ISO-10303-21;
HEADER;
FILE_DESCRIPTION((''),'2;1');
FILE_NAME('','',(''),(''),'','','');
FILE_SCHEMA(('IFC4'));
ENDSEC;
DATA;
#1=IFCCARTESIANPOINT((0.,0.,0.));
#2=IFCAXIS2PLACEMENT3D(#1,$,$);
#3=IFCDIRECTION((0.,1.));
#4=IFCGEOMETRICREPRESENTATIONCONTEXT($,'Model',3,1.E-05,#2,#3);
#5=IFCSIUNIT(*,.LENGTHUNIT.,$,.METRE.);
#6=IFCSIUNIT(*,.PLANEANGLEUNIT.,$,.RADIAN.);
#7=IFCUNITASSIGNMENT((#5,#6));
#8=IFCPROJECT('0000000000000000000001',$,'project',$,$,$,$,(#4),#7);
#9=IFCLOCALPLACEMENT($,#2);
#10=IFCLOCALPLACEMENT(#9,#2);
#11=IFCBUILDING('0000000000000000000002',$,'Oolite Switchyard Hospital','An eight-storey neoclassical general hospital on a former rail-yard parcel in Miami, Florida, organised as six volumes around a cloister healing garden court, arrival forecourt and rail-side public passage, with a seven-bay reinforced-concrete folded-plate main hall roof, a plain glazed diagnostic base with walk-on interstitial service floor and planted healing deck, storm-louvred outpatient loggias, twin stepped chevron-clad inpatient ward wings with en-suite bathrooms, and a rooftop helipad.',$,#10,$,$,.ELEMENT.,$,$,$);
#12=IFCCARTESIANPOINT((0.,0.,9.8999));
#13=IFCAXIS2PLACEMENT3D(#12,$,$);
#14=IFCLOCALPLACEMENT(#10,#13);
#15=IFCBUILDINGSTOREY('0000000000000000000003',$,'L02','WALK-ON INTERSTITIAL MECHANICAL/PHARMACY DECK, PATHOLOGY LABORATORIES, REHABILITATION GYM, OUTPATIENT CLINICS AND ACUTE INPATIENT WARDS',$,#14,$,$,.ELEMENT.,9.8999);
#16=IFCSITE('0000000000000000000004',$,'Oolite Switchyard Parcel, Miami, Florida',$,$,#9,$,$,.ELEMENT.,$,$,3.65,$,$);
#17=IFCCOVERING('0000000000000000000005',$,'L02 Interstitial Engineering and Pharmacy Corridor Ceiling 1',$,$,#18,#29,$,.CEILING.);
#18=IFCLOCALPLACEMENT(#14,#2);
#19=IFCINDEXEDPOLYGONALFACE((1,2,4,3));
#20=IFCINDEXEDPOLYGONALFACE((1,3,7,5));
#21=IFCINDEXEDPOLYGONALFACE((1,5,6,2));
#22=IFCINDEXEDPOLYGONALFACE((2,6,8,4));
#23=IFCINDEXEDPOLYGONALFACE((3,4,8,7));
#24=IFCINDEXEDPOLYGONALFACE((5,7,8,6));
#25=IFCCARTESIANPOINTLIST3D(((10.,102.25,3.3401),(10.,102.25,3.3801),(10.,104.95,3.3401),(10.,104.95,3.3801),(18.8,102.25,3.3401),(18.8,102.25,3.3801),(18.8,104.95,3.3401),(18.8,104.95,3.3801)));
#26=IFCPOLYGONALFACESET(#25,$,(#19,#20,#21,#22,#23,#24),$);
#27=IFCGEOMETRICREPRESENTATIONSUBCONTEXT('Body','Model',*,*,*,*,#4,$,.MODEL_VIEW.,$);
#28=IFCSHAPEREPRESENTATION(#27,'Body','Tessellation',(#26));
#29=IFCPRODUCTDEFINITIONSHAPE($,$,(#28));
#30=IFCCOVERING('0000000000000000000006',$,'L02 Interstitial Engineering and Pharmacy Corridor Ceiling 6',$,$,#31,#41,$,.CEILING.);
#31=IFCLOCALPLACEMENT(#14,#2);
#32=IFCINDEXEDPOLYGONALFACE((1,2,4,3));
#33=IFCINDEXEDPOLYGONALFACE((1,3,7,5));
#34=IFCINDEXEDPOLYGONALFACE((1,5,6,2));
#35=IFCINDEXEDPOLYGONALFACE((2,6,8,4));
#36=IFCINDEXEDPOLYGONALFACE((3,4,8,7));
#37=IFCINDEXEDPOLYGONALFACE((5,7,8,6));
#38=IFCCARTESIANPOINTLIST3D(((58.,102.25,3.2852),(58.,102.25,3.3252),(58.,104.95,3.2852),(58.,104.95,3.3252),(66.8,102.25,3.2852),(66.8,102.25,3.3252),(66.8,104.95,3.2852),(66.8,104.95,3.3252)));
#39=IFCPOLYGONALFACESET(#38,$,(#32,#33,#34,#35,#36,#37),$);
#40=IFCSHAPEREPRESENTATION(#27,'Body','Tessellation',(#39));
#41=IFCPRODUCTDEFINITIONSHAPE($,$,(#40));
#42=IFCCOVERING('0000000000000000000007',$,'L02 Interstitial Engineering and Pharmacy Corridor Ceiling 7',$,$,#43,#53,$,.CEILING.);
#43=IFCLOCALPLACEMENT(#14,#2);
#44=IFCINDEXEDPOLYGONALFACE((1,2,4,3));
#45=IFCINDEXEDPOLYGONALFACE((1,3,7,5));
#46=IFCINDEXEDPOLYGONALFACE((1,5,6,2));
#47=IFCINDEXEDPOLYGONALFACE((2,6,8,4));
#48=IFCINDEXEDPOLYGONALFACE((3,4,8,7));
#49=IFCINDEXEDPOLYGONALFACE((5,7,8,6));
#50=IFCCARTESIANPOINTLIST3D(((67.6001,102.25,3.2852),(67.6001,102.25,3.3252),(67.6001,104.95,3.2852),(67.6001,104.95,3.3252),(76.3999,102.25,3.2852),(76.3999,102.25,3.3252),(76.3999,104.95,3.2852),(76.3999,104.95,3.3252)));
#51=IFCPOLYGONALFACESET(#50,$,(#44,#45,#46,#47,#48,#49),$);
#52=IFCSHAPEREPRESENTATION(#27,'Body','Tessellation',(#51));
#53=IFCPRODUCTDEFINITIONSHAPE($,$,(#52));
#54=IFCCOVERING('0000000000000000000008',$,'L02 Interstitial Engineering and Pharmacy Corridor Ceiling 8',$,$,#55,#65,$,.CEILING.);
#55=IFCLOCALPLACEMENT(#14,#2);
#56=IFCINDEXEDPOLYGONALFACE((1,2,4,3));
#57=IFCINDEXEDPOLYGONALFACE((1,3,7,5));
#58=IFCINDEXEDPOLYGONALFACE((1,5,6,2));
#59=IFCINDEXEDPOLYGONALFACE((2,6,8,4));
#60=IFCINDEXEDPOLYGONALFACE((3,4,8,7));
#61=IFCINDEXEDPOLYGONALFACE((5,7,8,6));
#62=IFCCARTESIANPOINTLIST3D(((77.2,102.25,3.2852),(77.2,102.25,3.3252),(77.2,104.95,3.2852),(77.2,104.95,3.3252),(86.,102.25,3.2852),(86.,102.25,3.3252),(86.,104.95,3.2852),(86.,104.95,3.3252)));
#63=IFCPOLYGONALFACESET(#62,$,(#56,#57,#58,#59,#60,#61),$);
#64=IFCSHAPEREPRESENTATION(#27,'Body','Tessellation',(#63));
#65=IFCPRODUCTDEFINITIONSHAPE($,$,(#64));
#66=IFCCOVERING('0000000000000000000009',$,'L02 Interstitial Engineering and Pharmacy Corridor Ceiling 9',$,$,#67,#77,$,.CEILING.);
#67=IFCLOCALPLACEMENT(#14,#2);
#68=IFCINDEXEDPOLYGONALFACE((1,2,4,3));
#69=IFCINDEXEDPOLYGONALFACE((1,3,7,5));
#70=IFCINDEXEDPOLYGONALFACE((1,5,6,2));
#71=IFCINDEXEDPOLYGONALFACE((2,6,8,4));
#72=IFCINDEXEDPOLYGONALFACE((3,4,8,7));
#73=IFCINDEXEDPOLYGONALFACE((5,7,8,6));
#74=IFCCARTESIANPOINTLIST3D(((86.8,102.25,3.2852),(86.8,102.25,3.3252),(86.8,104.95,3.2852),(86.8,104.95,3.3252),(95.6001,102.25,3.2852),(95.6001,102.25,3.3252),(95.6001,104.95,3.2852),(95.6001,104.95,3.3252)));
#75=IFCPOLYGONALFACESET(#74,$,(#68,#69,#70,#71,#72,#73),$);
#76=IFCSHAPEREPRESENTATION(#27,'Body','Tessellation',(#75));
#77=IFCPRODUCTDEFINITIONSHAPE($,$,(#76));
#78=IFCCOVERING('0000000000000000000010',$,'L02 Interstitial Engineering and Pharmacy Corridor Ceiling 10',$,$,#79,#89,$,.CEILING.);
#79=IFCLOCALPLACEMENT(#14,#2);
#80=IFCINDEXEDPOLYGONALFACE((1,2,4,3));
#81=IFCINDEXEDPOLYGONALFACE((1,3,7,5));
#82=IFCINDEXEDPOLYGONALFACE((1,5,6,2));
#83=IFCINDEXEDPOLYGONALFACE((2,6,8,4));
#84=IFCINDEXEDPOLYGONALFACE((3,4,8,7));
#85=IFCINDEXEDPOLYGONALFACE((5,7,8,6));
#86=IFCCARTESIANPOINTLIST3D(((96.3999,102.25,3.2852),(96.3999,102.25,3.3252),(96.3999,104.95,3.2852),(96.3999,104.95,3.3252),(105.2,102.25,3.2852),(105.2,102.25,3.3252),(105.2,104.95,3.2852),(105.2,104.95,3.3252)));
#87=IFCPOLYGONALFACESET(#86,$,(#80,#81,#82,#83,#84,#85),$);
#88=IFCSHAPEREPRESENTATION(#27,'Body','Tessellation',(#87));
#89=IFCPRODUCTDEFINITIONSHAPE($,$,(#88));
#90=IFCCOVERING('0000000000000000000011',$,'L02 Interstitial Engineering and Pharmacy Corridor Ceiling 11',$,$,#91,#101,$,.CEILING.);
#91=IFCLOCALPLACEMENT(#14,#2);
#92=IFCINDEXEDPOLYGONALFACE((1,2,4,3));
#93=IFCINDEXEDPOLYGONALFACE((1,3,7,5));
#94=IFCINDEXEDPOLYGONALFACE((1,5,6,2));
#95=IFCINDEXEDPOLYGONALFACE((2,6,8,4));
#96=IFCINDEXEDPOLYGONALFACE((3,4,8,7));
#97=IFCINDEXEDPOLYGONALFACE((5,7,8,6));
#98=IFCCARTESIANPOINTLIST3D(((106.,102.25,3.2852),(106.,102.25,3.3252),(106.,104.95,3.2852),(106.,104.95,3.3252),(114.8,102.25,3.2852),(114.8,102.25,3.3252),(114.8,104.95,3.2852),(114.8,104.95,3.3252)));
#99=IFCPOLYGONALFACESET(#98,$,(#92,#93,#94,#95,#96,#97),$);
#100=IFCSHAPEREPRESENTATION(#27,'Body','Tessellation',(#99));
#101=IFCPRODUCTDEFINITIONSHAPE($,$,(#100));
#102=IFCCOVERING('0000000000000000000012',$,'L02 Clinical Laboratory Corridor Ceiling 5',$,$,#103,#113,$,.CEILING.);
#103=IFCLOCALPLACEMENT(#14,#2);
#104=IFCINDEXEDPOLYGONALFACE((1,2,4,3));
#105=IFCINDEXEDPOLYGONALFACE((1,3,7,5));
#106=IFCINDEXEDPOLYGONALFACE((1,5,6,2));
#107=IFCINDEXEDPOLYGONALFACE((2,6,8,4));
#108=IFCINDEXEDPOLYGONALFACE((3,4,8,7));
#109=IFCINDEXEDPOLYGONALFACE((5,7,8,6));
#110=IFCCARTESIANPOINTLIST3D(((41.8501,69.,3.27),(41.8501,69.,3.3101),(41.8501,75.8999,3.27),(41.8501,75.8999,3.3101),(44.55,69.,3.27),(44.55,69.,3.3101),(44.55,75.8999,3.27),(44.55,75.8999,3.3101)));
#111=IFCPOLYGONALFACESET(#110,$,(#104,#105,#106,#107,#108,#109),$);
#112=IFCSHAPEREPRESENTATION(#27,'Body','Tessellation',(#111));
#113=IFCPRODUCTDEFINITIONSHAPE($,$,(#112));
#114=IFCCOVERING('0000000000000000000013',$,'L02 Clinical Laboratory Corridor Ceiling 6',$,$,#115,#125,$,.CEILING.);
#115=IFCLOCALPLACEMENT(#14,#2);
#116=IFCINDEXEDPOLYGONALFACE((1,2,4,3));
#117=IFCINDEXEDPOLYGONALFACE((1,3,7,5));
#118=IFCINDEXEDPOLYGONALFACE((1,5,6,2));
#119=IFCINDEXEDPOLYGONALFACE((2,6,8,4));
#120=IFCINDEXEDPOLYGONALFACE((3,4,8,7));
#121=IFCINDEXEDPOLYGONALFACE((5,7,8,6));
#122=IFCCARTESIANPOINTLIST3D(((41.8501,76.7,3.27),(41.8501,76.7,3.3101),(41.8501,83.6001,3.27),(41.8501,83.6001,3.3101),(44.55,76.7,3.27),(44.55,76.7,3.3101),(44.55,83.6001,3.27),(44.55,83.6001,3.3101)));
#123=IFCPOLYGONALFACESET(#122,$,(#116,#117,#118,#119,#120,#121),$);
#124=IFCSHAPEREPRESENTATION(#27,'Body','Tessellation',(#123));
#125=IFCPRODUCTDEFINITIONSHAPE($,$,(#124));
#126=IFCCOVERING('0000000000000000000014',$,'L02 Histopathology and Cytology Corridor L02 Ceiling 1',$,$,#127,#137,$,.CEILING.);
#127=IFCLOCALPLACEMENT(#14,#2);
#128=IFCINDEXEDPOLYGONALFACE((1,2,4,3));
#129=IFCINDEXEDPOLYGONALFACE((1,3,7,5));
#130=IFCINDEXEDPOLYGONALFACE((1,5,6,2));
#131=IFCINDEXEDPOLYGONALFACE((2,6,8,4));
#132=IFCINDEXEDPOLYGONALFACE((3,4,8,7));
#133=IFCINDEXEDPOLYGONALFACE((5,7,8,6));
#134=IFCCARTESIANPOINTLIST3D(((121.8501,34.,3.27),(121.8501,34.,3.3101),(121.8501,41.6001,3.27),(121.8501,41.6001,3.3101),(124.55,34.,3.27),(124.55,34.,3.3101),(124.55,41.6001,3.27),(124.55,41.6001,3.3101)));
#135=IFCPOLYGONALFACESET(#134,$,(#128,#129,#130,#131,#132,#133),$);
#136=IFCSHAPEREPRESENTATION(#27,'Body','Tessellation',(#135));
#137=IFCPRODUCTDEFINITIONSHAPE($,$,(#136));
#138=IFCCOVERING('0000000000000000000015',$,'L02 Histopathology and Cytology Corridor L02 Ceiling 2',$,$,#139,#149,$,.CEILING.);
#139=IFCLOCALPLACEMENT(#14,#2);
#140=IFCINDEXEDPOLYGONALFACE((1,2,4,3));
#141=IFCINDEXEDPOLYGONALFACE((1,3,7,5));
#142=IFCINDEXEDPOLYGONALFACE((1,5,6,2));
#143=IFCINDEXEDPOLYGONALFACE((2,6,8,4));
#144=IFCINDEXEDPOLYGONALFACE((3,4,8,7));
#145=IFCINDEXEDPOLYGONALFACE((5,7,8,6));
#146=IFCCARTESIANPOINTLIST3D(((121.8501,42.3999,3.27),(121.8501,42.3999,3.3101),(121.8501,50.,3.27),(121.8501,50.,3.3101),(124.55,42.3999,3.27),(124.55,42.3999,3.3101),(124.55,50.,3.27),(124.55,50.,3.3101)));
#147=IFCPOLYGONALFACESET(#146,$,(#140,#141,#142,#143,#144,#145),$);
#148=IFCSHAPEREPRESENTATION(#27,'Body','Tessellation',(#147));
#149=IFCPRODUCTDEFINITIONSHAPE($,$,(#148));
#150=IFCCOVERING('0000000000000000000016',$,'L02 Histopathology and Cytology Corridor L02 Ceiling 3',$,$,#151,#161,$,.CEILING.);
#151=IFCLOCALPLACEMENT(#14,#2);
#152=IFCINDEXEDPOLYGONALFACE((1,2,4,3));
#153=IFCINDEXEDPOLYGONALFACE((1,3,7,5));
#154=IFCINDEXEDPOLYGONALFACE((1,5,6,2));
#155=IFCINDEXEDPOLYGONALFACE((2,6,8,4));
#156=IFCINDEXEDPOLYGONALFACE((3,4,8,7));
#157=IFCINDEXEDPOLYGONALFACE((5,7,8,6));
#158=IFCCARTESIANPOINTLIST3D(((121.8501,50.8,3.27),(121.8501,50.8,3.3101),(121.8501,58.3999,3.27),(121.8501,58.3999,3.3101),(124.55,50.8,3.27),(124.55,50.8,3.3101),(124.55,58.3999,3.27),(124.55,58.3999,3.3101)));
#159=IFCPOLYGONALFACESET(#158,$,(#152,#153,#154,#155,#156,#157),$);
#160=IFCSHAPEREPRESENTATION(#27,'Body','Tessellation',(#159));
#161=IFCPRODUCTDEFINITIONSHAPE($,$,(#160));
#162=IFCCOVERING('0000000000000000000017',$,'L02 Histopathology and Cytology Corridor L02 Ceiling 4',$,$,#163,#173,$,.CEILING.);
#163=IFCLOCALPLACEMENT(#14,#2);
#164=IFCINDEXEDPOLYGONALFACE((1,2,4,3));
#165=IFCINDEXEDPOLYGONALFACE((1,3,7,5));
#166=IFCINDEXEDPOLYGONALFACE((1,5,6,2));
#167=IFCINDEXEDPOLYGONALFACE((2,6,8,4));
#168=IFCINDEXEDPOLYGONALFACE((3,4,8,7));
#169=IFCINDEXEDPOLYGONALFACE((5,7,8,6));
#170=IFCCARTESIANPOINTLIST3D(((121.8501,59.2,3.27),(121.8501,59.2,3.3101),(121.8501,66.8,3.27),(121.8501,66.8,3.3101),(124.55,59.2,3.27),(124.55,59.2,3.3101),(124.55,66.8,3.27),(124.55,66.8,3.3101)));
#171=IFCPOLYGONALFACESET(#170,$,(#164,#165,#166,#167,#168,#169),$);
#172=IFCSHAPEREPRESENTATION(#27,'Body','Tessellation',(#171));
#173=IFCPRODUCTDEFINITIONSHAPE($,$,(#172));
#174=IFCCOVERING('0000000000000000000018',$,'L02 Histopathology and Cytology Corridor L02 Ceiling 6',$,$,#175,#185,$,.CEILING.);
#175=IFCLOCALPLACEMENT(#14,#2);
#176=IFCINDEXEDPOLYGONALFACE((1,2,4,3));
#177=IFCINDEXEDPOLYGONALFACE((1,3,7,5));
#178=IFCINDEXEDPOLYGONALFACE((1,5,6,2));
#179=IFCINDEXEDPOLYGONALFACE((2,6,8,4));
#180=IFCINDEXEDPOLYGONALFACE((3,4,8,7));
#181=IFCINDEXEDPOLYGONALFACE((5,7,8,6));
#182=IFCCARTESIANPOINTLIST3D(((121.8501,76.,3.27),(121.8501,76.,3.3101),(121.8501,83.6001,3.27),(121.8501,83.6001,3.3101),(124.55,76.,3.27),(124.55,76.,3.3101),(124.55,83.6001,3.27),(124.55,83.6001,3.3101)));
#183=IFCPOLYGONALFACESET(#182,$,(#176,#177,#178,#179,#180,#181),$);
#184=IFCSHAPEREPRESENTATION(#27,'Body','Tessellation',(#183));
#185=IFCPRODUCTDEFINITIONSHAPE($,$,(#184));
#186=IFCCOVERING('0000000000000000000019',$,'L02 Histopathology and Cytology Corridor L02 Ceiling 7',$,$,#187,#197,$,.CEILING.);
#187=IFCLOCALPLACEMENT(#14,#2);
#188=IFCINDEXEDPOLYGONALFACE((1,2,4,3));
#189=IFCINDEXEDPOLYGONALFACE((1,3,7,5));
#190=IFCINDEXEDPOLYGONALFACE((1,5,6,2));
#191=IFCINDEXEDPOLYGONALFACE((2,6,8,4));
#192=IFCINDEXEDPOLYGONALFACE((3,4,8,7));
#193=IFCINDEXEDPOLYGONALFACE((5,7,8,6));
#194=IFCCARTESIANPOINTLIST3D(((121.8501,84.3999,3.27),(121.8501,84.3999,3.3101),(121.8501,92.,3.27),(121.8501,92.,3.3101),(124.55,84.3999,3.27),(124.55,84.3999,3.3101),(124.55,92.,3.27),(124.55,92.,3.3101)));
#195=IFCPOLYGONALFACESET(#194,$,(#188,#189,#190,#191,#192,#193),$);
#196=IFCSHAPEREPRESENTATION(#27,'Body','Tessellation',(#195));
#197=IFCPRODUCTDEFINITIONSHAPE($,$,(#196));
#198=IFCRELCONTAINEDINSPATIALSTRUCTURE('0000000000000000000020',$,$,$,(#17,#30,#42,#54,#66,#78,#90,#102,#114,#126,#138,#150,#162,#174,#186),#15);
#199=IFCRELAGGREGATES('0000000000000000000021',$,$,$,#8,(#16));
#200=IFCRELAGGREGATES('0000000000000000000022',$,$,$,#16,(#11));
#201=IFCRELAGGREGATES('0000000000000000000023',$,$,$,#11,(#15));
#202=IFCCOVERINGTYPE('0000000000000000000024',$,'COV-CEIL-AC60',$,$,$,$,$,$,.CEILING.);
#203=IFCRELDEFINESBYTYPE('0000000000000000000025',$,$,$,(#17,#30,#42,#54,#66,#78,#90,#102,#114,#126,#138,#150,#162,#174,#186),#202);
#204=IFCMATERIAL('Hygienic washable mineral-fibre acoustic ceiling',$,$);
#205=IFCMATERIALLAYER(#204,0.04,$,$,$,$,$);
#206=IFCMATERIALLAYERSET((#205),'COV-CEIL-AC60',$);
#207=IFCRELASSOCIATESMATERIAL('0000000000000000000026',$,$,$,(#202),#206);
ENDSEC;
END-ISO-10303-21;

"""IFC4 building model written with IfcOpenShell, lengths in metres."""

from ifc_helpers import new_model, si_unit, direction, frame, origin, place, context, subcontext, project, spatial, polyline, outline, extrude, material, layer, layer_set, type_object, element, save


model = new_model("IFC4")

# Units and contexts
model_context = context("Model", 3, precision=1e-05, world=origin(), true_north=direction((0.0, 1.0)))
body_context = subcontext(model_context, "Body", "Model", "MODEL_VIEW")
ifc_project = project(units=[si_unit("LENGTHUNIT", "METRE"), si_unit("PLANEANGLEUNIT", "RADIAN")], contexts=[model_context])

# Site, building, storey
site_placement = place(None, origin())
site = spatial("IfcSite", under=ifc_project, at=site_placement, Name="Oolite Switchyard Parcel, Miami, Florida", CompositionType="ELEMENT", RefElevation=3.65)
building_placement = place(site_placement, origin())
building = spatial("IfcBuilding", under=site, at=building_placement, Name="Oolite Switchyard Hospital", Description="An eight-storey neoclassical general hospital on a former rail-yard parcel in Miami, Florida, organised as six volumes around a cloister healing garden court, arrival forecourt and rail-side public passage, with a seven-bay reinforced-concrete folded-plate main hall roof, a plain glazed diagnostic base with walk-on interstitial service floor and planted healing deck, storm-louvred outpatient loggias, twin stepped chevron-clad inpatient ward wings with en-suite bathrooms, and a rooftop helipad.", CompositionType="ELEMENT")
storey_placement = place(building_placement, frame((0.0, 0.0, 9.8999)))
storey = spatial("IfcBuildingStorey", under=building, at=storey_placement, Name="L02", Description="WALK-ON INTERSTITIAL MECHANICAL/PHARMACY DECK, PATHOLOGY LABORATORIES, REHABILITATION GYM, OUTPATIENT CLINICS AND ACUTE INPATIENT WARDS", CompositionType="ELEMENT", Elevation=9.8999)

# Coverings
ifc_material = material(Name="Hygienic washable mineral-fibre acoustic ceiling")
ifc_layer = layer(ifc_material, 0.04)
ifc_layer_set = layer_set([ifc_layer], Name="COV-CEIL-AC60")
covering_type = type_object("IfcCoveringType", Name="COV-CEIL-AC60", PredefinedType="CEILING", material=ifc_layer_set)
covering_1_placement = place(storey_placement, frame((0.0, 0.0, 3.3401)))
element("IfcCovering", 1, at=covering_1_placement, inside=storey, type_object=covering_type, Name="L02 Interstitial Engineering and Pharmacy Corridor Ceiling 1", PredefinedType="CEILING", context=body_context, shape_type="SweptSolid", body=[
    extrude(outline(polyline([(10.0, 102.25), (18.8, 102.25), (18.8, 104.95), (10.0, 104.95), (10.0, 102.25)])), origin(), (0.0, 0.0, 1.0), 0.04),
])
covering_2_placement = place(storey_placement, frame((0.0, 0.0, 3.2852)))
element("IfcCovering", 2, at=covering_2_placement, inside=storey, type_object=covering_type, Name="L02 Interstitial Engineering and Pharmacy Corridor Ceiling 6", PredefinedType="CEILING", context=body_context, shape_type="SweptSolid", body=[
    extrude(outline(polyline([(58.0, 102.25), (66.8, 102.25), (66.8, 104.95), (58.0, 104.95), (58.0, 102.25)])), origin(), (0.0, 0.0, 1.0), 0.04),
])
covering_3_placement = place(storey_placement, frame((0.0, 0.0, 3.2852)))
element("IfcCovering", 3, at=covering_3_placement, inside=storey, type_object=covering_type, Name="L02 Interstitial Engineering and Pharmacy Corridor Ceiling 7", PredefinedType="CEILING", context=body_context, shape_type="SweptSolid", body=[
    extrude(outline(polyline([(67.6001, 102.25), (76.3999, 102.25), (76.3999, 104.95), (67.6001, 104.95), (67.6001, 102.25)])), origin(), (0.0, 0.0, 1.0), 0.04),
])
covering_4_placement = place(storey_placement, frame((0.0, 0.0, 3.2852)))
element("IfcCovering", 4, at=covering_4_placement, inside=storey, type_object=covering_type, Name="L02 Interstitial Engineering and Pharmacy Corridor Ceiling 8", PredefinedType="CEILING", context=body_context, shape_type="SweptSolid", body=[
    extrude(outline(polyline([(77.2, 102.25), (86.0, 102.25), (86.0, 104.95), (77.2, 104.95), (77.2, 102.25)])), origin(), (0.0, 0.0, 1.0), 0.04),
])
covering_5_placement = place(storey_placement, frame((0.0, 0.0, 3.2852)))
element("IfcCovering", 5, at=covering_5_placement, inside=storey, type_object=covering_type, Name="L02 Interstitial Engineering and Pharmacy Corridor Ceiling 9", PredefinedType="CEILING", context=body_context, shape_type="SweptSolid", body=[
    extrude(outline(polyline([(86.8, 102.25), (95.6001, 102.25), (95.6001, 104.95), (86.8, 104.95), (86.8, 102.25)])), origin(), (0.0, 0.0, 1.0), 0.04),
])
covering_6_placement = place(storey_placement, frame((0.0, 0.0, 3.2852)))
element("IfcCovering", 6, at=covering_6_placement, inside=storey, type_object=covering_type, Name="L02 Interstitial Engineering and Pharmacy Corridor Ceiling 10", PredefinedType="CEILING", context=body_context, shape_type="SweptSolid", body=[
    extrude(outline(polyline([(96.3999, 102.25), (105.2, 102.25), (105.2, 104.95), (96.3999, 104.95), (96.3999, 102.25)])), origin(), (0.0, 0.0, 1.0), 0.04),
])
covering_7_placement = place(storey_placement, frame((0.0, 0.0, 3.2852)))
element("IfcCovering", 7, at=covering_7_placement, inside=storey, type_object=covering_type, Name="L02 Interstitial Engineering and Pharmacy Corridor Ceiling 11", PredefinedType="CEILING", context=body_context, shape_type="SweptSolid", body=[
    extrude(outline(polyline([(106.0, 102.25), (114.8, 102.25), (114.8, 104.95), (106.0, 104.95), (106.0, 102.25)])), origin(), (0.0, 0.0, 1.0), 0.04),
])
covering_8_placement = place(storey_placement, frame((0.0, 0.0, 3.27)))
element("IfcCovering", 8, at=covering_8_placement, inside=storey, type_object=covering_type, Name="L02 Clinical Laboratory Corridor Ceiling 5", PredefinedType="CEILING", context=body_context, shape_type="SweptSolid", body=[
    extrude(outline(polyline([(41.8501, 69.0), (44.55, 69.0), (44.55, 75.8999), (41.8501, 75.8999), (41.8501, 69.0)])), origin(), (0.0, 0.0, 1.0), 0.04),
])
covering_9_placement = place(storey_placement, frame((0.0, 0.0, 3.27)))
element("IfcCovering", 9, at=covering_9_placement, inside=storey, type_object=covering_type, Name="L02 Clinical Laboratory Corridor Ceiling 6", PredefinedType="CEILING", context=body_context, shape_type="SweptSolid", body=[
    extrude(outline(polyline([(41.8501, 76.7), (44.55, 76.7), (44.55, 83.6001), (41.8501, 83.6001), (41.8501, 76.7)])), origin(), (0.0, 0.0, 1.0), 0.04),
])
covering_10_placement = place(storey_placement, frame((0.0, 0.0, 3.27)))
element("IfcCovering", 10, at=covering_10_placement, inside=storey, type_object=covering_type, Name="L02 Histopathology and Cytology Corridor L02 Ceiling 1", PredefinedType="CEILING", context=body_context, shape_type="SweptSolid", body=[
    extrude(outline(polyline([(121.8501, 34.0), (124.55, 34.0), (124.55, 41.6001), (121.8501, 41.6001), (121.8501, 34.0)])), origin(), (0.0, 0.0, 1.0), 0.04),
])
covering_11_placement = place(storey_placement, frame((0.0, 0.0, 3.27)))
element("IfcCovering", 11, at=covering_11_placement, inside=storey, type_object=covering_type, Name="L02 Histopathology and Cytology Corridor L02 Ceiling 2", PredefinedType="CEILING", context=body_context, shape_type="SweptSolid", body=[
    extrude(outline(polyline([(121.8501, 42.3999), (124.55, 42.3999), (124.55, 50.0), (121.8501, 50.0), (121.8501, 42.3999)])), origin(), (0.0, 0.0, 1.0), 0.04),
])
covering_12_placement = place(storey_placement, frame((0.0, 0.0, 3.27)))
element("IfcCovering", 12, at=covering_12_placement, inside=storey, type_object=covering_type, Name="L02 Histopathology and Cytology Corridor L02 Ceiling 3", PredefinedType="CEILING", context=body_context, shape_type="SweptSolid", body=[
    extrude(outline(polyline([(121.8501, 50.8), (124.55, 50.8), (124.55, 58.3999), (121.8501, 58.3999), (121.8501, 50.8)])), origin(), (0.0, 0.0, 1.0), 0.04),
])
covering_13_placement = place(storey_placement, frame((0.0, 0.0, 3.27)))
element("IfcCovering", 13, at=covering_13_placement, inside=storey, type_object=covering_type, Name="L02 Histopathology and Cytology Corridor L02 Ceiling 4", PredefinedType="CEILING", context=body_context, shape_type="SweptSolid", body=[
    extrude(outline(polyline([(121.8501, 59.2), (124.55, 59.2), (124.55, 66.8), (121.8501, 66.8), (121.8501, 59.2)])), origin(), (0.0, 0.0, 1.0), 0.04),
])
covering_14_placement = place(storey_placement, frame((0.0, 0.0, 3.27)))
element("IfcCovering", 14, at=covering_14_placement, inside=storey, type_object=covering_type, Name="L02 Histopathology and Cytology Corridor L02 Ceiling 6", PredefinedType="CEILING", context=body_context, shape_type="SweptSolid", body=[
    extrude(outline(polyline([(121.8501, 76.0), (124.55, 76.0), (124.55, 83.6001), (121.8501, 83.6001), (121.8501, 76.0)])), origin(), (0.0, 0.0, 1.0), 0.04),
])
covering_15_placement = place(storey_placement, frame((0.0, 0.0, 3.27)))
element("IfcCovering", 15, at=covering_15_placement, inside=storey, type_object=covering_type, Name="L02 Histopathology and Cytology Corridor L02 Ceiling 7", PredefinedType="CEILING", context=body_context, shape_type="SweptSolid", body=[
    extrude(outline(polyline([(121.8501, 84.3999), (124.55, 84.3999), (124.55, 92.0), (121.8501, 92.0), (121.8501, 84.3999)])), origin(), (0.0, 0.0, 1.0), 0.04),
])

save(model, "model.ifc")
